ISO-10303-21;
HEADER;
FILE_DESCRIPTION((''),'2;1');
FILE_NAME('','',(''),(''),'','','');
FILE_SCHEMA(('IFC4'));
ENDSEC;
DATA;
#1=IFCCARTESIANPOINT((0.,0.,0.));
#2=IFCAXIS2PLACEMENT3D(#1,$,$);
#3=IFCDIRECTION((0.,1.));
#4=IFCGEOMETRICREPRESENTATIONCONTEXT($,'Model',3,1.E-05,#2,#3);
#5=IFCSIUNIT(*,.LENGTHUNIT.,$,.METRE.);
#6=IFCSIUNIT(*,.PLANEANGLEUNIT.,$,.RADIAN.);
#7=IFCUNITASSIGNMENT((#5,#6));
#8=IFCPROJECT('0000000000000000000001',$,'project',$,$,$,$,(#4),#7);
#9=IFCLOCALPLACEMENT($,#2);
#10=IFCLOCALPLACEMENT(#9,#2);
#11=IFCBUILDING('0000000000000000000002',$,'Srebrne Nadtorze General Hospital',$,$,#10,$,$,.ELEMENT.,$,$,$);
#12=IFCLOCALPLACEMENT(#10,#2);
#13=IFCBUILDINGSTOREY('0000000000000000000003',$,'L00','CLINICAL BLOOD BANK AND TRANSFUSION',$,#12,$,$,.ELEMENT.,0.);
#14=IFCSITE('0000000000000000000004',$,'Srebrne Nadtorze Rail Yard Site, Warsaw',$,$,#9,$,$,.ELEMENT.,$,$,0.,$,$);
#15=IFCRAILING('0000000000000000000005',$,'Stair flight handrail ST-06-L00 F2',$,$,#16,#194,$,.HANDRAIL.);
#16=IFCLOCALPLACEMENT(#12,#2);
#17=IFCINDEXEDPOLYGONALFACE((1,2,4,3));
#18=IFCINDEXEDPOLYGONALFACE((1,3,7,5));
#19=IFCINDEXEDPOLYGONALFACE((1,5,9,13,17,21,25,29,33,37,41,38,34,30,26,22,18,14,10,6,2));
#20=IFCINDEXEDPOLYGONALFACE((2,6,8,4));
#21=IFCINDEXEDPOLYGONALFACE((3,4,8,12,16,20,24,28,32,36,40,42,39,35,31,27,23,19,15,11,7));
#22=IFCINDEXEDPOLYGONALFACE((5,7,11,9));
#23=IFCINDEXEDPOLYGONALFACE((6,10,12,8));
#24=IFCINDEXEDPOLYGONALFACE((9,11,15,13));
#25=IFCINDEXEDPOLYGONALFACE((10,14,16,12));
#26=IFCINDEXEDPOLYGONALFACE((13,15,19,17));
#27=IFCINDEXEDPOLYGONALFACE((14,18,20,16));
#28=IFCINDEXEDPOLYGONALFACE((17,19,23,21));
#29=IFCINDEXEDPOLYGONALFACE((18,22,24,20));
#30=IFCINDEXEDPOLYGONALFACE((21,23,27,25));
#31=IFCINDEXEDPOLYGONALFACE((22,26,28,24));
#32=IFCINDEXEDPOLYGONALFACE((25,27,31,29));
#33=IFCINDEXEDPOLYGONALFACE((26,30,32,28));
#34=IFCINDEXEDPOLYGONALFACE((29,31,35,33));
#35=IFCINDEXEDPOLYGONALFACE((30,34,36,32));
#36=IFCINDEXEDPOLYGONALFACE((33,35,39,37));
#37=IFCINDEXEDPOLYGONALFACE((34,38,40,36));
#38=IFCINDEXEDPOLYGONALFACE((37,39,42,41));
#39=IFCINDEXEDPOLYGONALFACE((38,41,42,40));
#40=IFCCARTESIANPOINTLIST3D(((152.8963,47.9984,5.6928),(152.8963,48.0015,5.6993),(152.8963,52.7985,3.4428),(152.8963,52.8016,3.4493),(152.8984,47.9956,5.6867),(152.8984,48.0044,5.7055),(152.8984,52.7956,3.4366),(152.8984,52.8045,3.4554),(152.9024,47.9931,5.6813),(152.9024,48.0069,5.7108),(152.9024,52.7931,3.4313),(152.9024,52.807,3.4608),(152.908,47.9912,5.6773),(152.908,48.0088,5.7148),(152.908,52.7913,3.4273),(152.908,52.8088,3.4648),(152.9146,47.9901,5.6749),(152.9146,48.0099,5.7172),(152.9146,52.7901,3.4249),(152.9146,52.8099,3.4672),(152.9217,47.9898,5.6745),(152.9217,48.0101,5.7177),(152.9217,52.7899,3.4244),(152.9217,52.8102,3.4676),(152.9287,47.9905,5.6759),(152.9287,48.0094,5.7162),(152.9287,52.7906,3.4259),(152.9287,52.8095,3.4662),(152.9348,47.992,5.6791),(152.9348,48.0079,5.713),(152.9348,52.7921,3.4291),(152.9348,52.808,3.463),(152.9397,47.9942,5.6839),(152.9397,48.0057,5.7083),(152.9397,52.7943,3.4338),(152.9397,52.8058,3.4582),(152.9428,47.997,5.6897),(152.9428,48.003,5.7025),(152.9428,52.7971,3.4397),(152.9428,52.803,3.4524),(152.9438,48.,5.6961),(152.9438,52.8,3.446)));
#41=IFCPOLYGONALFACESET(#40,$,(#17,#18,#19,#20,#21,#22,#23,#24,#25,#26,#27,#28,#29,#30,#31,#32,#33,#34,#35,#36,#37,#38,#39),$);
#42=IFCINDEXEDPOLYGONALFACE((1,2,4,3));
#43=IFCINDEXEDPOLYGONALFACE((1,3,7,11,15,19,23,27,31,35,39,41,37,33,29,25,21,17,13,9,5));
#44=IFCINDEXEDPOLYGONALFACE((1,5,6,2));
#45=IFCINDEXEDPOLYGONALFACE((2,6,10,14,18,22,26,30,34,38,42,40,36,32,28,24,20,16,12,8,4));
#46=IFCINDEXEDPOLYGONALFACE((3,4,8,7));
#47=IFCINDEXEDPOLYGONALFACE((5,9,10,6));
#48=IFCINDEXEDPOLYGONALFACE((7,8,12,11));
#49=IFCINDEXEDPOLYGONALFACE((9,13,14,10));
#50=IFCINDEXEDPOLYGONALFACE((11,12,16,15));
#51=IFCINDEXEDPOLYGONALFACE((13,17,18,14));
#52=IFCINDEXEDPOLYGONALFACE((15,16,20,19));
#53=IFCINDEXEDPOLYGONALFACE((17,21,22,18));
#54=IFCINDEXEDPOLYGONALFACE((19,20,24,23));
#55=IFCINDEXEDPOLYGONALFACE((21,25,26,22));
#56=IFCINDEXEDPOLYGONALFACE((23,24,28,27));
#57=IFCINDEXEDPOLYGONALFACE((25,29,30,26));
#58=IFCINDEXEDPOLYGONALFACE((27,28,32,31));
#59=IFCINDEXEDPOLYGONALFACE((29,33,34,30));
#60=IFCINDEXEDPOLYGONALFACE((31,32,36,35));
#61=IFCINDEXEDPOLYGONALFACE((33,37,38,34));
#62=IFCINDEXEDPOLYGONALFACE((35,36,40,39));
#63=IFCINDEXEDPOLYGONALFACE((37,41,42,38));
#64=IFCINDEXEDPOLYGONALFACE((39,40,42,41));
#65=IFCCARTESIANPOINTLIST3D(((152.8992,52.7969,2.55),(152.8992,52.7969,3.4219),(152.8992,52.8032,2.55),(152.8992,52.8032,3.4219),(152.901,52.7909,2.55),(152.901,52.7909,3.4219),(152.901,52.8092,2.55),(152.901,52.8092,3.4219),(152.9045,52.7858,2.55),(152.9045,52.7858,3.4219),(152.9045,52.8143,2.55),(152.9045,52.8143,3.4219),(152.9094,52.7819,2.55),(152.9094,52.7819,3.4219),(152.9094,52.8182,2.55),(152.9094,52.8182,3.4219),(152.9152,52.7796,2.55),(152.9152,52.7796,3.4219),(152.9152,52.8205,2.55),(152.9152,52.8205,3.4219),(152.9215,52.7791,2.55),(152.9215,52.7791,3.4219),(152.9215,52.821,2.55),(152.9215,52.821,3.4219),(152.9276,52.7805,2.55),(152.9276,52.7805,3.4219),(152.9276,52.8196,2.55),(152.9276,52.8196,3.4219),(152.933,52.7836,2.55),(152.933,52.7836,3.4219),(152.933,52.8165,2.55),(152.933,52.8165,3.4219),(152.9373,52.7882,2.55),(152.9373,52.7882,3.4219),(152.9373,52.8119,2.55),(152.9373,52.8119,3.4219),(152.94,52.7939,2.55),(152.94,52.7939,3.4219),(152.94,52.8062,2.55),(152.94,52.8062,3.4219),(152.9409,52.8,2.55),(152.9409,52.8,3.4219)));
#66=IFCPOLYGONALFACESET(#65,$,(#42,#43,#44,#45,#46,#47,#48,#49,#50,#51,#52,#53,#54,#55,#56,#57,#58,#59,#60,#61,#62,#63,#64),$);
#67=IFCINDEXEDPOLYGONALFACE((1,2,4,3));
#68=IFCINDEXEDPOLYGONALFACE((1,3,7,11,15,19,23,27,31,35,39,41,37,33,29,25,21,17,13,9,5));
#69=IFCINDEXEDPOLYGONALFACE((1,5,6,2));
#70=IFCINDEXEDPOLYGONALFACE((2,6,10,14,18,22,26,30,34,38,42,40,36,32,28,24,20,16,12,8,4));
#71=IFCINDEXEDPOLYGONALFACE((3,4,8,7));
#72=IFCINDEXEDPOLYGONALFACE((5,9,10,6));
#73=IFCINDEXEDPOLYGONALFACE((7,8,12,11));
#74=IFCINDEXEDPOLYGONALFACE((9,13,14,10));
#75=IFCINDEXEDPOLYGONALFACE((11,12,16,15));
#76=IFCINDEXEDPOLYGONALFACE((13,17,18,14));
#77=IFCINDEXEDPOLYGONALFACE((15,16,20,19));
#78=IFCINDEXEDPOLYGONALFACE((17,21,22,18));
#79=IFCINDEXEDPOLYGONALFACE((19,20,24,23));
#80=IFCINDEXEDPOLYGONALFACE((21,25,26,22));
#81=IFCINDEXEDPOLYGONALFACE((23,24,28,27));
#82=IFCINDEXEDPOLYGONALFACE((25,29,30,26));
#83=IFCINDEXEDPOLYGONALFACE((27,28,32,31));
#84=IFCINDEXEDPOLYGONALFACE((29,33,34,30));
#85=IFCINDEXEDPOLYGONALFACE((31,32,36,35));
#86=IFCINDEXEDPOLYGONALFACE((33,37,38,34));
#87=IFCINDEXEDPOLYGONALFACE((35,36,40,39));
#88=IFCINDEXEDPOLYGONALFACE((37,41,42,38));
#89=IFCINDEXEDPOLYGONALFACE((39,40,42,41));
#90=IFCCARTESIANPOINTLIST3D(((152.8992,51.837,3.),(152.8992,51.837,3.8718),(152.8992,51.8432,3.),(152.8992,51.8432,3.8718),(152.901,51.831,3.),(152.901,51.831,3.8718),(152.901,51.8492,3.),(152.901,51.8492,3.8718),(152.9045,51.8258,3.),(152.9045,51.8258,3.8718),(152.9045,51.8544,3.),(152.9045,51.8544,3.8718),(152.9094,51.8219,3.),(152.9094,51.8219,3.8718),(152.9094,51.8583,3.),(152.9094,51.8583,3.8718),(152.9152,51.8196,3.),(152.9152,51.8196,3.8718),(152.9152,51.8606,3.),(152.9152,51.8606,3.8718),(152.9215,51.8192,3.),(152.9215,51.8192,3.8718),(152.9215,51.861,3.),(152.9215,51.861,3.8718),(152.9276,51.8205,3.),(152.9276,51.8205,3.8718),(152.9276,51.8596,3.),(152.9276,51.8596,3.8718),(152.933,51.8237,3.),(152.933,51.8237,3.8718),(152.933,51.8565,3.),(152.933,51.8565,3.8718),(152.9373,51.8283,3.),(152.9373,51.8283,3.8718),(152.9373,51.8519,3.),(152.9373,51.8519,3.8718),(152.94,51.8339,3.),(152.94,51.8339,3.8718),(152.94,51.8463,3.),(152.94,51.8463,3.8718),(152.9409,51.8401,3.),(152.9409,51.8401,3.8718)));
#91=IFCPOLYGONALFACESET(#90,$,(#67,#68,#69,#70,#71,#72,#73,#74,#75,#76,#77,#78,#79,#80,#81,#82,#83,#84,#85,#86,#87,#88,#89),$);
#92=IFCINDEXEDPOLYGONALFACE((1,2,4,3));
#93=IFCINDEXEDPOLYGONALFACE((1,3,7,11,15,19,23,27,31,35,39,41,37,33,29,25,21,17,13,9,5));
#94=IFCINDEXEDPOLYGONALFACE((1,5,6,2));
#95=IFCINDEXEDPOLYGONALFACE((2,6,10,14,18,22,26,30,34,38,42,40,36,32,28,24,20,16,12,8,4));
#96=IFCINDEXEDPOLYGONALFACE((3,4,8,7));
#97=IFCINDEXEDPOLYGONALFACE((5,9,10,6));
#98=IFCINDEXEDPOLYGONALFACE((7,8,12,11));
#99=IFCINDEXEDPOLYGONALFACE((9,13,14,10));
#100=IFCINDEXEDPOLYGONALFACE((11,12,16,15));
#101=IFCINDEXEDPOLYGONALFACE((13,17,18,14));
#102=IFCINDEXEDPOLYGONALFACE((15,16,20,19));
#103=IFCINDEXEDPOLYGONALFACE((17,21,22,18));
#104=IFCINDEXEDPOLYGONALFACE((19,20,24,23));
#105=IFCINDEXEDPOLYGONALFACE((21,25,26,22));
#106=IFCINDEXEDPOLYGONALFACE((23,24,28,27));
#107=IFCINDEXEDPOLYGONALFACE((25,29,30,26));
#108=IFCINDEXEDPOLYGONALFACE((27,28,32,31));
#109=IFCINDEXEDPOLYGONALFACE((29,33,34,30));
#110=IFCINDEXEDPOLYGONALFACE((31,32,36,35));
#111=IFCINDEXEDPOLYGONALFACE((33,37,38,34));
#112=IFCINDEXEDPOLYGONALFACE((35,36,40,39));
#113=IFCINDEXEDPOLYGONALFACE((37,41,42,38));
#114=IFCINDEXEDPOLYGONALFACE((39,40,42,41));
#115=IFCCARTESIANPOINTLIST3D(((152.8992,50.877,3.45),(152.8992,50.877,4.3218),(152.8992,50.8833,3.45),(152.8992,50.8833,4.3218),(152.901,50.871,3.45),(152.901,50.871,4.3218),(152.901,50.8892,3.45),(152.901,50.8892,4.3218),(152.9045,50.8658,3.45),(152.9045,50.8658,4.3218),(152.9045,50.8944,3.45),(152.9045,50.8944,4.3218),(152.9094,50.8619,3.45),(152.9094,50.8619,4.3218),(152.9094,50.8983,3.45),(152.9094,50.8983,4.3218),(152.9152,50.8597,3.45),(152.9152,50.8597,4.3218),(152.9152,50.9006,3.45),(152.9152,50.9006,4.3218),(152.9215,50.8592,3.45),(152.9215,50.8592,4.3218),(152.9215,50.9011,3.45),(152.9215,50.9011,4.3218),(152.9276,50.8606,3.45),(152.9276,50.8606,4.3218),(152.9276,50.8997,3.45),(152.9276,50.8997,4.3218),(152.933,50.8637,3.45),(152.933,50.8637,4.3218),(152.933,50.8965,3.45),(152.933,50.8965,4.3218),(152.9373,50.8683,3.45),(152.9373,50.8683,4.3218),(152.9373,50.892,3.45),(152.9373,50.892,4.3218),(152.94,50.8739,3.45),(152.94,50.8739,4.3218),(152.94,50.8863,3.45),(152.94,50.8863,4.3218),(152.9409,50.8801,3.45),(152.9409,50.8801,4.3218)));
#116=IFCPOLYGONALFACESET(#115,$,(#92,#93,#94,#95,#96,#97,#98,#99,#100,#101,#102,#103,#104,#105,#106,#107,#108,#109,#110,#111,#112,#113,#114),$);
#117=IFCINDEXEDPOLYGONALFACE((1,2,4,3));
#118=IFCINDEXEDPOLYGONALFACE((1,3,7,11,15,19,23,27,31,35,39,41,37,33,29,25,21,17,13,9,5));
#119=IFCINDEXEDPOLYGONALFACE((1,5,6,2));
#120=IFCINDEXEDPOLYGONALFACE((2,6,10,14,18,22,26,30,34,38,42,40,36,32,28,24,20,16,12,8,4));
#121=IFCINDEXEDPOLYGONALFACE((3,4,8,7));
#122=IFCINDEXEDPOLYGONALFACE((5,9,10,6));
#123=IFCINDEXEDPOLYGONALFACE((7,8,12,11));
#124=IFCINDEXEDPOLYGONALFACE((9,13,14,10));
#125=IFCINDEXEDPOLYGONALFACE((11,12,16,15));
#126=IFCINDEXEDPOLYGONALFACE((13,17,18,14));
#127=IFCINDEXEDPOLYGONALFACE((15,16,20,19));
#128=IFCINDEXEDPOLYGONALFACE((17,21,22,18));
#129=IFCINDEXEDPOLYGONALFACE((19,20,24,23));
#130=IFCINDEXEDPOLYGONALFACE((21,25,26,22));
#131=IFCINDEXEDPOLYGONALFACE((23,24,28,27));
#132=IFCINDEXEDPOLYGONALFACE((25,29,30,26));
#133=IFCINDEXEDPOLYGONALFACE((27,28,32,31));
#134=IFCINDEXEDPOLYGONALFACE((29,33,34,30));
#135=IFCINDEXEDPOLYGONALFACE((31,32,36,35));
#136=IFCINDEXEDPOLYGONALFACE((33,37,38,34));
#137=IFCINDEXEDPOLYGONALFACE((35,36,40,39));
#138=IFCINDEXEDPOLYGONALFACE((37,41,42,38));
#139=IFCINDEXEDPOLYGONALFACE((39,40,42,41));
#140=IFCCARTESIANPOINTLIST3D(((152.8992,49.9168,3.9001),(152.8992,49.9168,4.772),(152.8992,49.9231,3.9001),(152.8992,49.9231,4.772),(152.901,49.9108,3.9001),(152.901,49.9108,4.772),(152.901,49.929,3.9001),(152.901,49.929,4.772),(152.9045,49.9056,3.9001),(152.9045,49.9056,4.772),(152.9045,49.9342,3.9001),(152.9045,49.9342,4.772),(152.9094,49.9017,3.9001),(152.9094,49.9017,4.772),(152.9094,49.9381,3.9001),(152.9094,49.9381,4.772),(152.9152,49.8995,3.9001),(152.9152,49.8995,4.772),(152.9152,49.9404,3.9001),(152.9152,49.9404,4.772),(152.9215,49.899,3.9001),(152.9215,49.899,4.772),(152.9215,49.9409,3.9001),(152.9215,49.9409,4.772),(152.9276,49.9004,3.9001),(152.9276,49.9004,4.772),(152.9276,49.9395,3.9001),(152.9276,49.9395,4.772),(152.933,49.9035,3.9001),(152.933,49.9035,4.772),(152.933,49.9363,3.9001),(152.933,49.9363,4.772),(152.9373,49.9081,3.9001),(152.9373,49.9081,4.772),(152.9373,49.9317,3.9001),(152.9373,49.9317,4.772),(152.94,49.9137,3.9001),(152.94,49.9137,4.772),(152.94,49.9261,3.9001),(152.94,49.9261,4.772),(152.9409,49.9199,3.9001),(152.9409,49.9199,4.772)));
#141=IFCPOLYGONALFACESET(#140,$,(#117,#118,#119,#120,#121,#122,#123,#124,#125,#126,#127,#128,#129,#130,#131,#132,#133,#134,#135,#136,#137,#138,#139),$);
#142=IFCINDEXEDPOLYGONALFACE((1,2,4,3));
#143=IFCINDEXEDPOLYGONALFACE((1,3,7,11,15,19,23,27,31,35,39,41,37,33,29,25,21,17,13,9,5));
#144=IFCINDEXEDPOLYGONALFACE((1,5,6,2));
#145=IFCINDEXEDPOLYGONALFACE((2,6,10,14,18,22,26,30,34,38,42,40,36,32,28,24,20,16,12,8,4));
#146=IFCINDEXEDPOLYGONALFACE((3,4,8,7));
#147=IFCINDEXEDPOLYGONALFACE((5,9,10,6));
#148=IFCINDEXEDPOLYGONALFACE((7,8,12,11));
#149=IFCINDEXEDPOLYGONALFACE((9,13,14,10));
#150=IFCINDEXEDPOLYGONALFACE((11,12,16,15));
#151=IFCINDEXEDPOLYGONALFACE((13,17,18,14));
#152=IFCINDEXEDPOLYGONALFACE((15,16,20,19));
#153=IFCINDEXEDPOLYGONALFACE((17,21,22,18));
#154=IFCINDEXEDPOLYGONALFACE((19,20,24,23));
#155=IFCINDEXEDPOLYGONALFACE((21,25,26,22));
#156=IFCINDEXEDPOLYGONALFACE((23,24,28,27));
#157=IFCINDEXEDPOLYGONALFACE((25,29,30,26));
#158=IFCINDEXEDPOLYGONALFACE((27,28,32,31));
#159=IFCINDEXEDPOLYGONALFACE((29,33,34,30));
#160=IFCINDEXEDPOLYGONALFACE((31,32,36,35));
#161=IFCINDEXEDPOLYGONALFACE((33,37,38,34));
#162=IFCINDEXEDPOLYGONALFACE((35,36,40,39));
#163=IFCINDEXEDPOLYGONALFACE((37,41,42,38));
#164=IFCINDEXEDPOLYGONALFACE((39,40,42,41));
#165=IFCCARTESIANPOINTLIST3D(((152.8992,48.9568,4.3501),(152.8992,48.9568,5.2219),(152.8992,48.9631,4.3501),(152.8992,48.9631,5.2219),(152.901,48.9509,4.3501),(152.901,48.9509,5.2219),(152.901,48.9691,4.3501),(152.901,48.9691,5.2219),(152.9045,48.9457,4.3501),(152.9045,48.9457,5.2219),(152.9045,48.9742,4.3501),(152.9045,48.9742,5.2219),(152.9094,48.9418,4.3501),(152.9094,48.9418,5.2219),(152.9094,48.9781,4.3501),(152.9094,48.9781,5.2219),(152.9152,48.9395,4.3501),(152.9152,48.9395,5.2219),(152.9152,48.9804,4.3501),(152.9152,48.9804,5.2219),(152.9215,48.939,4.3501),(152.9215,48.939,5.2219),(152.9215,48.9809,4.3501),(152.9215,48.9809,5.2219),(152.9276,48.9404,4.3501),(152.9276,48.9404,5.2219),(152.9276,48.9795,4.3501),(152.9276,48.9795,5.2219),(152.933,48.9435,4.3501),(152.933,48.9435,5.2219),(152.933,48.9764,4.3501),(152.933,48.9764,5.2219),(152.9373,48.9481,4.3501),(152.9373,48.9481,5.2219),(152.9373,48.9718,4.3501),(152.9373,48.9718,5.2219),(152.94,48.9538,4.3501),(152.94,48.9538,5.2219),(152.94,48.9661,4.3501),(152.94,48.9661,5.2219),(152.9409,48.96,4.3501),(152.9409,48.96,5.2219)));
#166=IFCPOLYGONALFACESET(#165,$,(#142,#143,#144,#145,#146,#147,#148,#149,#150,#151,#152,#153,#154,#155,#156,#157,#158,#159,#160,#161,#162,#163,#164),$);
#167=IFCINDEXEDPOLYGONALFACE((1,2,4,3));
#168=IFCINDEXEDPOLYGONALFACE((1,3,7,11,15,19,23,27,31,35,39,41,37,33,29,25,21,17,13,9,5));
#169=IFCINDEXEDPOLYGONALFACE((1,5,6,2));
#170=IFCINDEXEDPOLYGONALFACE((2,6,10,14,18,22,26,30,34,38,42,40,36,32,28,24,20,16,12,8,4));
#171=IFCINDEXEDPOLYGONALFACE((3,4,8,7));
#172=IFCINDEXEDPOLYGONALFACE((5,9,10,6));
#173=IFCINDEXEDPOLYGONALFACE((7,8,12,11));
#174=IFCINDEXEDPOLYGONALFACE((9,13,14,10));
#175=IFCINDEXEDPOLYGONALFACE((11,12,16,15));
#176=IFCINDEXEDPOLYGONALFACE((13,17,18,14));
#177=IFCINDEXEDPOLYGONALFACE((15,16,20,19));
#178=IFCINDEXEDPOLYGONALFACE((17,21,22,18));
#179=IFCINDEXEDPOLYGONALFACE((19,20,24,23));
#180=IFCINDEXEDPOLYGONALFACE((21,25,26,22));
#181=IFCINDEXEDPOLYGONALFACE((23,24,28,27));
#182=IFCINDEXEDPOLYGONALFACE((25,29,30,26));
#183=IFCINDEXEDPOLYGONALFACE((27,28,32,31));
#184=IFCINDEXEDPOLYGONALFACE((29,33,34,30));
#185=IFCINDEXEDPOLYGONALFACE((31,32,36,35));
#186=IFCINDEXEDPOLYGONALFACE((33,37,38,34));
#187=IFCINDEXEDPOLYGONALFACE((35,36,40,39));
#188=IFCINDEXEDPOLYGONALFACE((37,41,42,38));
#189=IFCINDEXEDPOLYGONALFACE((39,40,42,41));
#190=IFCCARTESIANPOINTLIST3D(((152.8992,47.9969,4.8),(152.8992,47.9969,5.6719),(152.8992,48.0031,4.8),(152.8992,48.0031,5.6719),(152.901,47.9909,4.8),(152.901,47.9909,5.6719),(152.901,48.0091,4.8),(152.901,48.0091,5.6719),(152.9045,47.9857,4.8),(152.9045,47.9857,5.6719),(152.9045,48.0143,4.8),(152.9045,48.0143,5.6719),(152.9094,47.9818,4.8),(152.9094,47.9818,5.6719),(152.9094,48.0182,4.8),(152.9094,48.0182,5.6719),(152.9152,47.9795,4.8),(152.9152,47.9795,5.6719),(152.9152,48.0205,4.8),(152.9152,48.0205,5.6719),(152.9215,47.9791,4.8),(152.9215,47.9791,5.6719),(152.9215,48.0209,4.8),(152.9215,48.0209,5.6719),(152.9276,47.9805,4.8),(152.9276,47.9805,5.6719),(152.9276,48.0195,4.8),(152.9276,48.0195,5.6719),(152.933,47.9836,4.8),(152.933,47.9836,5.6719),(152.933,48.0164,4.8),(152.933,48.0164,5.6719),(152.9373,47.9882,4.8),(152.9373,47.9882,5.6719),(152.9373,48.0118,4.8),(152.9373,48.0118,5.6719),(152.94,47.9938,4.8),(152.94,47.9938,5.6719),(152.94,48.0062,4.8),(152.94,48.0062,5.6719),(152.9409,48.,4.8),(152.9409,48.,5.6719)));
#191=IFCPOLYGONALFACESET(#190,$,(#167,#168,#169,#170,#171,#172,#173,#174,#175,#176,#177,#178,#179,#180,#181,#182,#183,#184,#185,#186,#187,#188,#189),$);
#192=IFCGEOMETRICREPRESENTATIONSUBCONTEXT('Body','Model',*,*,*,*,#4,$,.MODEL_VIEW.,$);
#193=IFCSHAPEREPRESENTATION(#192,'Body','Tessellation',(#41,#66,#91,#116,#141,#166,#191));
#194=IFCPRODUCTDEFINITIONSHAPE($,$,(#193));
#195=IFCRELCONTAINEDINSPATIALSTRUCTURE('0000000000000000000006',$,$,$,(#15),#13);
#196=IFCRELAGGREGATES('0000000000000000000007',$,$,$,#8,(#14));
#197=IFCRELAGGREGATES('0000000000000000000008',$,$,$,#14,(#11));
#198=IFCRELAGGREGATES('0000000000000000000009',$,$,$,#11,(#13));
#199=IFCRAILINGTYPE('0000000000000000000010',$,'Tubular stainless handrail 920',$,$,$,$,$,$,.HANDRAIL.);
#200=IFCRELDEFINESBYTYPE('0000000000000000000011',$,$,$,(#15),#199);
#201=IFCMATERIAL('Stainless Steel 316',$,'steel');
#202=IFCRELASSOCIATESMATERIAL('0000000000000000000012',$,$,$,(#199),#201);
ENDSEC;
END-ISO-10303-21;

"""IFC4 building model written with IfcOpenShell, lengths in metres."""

from ifc_helpers import new_model, si_unit, direction, frame, origin, origin_2d, place, context, subcontext, project, spatial, circle, extrude, material, type_object, element, save


model = new_model("IFC4")

# Units and contexts
model_context = context("Model", 3, precision=1e-05, world=origin(), true_north=direction((0.0, 1.0)))
body_context = subcontext(model_context, "Body", "Model", "MODEL_VIEW")
ifc_project = project(units=[si_unit("LENGTHUNIT", "METRE"), si_unit("PLANEANGLEUNIT", "RADIAN")], contexts=[model_context])

# Site, building, storey
site_placement = place(None, origin())
site = spatial("IfcSite", under=ifc_project, at=site_placement, Name="Srebrne Nadtorze Rail Yard Site, Warsaw", CompositionType="ELEMENT", RefElevation=0.0)
building_placement = place(site_placement, origin())
building = spatial("IfcBuilding", under=site, at=building_placement, Name="Srebrne Nadtorze General Hospital", CompositionType="ELEMENT")
storey_placement = place(building_placement, origin())
storey = spatial("IfcBuildingStorey", under=building, at=storey_placement, Name="L00", Description="CLINICAL BLOOD BANK AND TRANSFUSION", CompositionType="ELEMENT", Elevation=0.0)

# Railing
ifc_material_1 = material(Name="Stainless Steel 316", Category="steel")
railing_type = type_object("IfcRailingType", Name="Tubular stainless handrail 920", PredefinedType="HANDRAIL", material=ifc_material_1)
railing_placement = place(storey_placement, frame((152.9199, 52.8, 2.55)))
element("IfcRailing", 1, at=railing_placement, inside=storey, type_object=railing_type, Name="Stair flight handrail ST-06-L00 F2", PredefinedType="HANDRAIL", context=body_context, shape_type="SweptSolid", body=[
    extrude(circle(Radius=0.0239, at=origin_2d()), frame((0.0, 0.0, 0.896), z_axis=(0.0, -0.905461, 0.42443), x_axis=(1.0, 0.0, 0.0)), (0.0, 0.0, 1.0), 5.3013),
    extrude(circle(Radius=0.021, at=origin_2d()), origin(), (0.0, 0.0, 1.0), 0.8718),
    extrude(circle(Radius=0.021, at=origin_2d()), frame((0.0, -0.96, 0.45)), (0.0, 0.0, 1.0), 0.8718),
    extrude(circle(Radius=0.021, at=origin_2d()), frame((0.0, -1.9199, 0.8999)), (0.0, 0.0, 1.0), 0.8718),
    extrude(circle(Radius=0.021, at=origin_2d()), frame((0.0, -2.8801, 1.3501)), (0.0, 0.0, 1.0), 0.8718),
    extrude(circle(Radius=0.021, at=origin_2d()), frame((0.0, -3.8401, 1.8)), (0.0, 0.0, 1.0), 0.8718),
    extrude(circle(Radius=0.021, at=origin_2d()), frame((0.0, -4.8, 2.25)), (0.0, 0.0, 1.0), 0.8718),
])

save(model, "model.ifc")
